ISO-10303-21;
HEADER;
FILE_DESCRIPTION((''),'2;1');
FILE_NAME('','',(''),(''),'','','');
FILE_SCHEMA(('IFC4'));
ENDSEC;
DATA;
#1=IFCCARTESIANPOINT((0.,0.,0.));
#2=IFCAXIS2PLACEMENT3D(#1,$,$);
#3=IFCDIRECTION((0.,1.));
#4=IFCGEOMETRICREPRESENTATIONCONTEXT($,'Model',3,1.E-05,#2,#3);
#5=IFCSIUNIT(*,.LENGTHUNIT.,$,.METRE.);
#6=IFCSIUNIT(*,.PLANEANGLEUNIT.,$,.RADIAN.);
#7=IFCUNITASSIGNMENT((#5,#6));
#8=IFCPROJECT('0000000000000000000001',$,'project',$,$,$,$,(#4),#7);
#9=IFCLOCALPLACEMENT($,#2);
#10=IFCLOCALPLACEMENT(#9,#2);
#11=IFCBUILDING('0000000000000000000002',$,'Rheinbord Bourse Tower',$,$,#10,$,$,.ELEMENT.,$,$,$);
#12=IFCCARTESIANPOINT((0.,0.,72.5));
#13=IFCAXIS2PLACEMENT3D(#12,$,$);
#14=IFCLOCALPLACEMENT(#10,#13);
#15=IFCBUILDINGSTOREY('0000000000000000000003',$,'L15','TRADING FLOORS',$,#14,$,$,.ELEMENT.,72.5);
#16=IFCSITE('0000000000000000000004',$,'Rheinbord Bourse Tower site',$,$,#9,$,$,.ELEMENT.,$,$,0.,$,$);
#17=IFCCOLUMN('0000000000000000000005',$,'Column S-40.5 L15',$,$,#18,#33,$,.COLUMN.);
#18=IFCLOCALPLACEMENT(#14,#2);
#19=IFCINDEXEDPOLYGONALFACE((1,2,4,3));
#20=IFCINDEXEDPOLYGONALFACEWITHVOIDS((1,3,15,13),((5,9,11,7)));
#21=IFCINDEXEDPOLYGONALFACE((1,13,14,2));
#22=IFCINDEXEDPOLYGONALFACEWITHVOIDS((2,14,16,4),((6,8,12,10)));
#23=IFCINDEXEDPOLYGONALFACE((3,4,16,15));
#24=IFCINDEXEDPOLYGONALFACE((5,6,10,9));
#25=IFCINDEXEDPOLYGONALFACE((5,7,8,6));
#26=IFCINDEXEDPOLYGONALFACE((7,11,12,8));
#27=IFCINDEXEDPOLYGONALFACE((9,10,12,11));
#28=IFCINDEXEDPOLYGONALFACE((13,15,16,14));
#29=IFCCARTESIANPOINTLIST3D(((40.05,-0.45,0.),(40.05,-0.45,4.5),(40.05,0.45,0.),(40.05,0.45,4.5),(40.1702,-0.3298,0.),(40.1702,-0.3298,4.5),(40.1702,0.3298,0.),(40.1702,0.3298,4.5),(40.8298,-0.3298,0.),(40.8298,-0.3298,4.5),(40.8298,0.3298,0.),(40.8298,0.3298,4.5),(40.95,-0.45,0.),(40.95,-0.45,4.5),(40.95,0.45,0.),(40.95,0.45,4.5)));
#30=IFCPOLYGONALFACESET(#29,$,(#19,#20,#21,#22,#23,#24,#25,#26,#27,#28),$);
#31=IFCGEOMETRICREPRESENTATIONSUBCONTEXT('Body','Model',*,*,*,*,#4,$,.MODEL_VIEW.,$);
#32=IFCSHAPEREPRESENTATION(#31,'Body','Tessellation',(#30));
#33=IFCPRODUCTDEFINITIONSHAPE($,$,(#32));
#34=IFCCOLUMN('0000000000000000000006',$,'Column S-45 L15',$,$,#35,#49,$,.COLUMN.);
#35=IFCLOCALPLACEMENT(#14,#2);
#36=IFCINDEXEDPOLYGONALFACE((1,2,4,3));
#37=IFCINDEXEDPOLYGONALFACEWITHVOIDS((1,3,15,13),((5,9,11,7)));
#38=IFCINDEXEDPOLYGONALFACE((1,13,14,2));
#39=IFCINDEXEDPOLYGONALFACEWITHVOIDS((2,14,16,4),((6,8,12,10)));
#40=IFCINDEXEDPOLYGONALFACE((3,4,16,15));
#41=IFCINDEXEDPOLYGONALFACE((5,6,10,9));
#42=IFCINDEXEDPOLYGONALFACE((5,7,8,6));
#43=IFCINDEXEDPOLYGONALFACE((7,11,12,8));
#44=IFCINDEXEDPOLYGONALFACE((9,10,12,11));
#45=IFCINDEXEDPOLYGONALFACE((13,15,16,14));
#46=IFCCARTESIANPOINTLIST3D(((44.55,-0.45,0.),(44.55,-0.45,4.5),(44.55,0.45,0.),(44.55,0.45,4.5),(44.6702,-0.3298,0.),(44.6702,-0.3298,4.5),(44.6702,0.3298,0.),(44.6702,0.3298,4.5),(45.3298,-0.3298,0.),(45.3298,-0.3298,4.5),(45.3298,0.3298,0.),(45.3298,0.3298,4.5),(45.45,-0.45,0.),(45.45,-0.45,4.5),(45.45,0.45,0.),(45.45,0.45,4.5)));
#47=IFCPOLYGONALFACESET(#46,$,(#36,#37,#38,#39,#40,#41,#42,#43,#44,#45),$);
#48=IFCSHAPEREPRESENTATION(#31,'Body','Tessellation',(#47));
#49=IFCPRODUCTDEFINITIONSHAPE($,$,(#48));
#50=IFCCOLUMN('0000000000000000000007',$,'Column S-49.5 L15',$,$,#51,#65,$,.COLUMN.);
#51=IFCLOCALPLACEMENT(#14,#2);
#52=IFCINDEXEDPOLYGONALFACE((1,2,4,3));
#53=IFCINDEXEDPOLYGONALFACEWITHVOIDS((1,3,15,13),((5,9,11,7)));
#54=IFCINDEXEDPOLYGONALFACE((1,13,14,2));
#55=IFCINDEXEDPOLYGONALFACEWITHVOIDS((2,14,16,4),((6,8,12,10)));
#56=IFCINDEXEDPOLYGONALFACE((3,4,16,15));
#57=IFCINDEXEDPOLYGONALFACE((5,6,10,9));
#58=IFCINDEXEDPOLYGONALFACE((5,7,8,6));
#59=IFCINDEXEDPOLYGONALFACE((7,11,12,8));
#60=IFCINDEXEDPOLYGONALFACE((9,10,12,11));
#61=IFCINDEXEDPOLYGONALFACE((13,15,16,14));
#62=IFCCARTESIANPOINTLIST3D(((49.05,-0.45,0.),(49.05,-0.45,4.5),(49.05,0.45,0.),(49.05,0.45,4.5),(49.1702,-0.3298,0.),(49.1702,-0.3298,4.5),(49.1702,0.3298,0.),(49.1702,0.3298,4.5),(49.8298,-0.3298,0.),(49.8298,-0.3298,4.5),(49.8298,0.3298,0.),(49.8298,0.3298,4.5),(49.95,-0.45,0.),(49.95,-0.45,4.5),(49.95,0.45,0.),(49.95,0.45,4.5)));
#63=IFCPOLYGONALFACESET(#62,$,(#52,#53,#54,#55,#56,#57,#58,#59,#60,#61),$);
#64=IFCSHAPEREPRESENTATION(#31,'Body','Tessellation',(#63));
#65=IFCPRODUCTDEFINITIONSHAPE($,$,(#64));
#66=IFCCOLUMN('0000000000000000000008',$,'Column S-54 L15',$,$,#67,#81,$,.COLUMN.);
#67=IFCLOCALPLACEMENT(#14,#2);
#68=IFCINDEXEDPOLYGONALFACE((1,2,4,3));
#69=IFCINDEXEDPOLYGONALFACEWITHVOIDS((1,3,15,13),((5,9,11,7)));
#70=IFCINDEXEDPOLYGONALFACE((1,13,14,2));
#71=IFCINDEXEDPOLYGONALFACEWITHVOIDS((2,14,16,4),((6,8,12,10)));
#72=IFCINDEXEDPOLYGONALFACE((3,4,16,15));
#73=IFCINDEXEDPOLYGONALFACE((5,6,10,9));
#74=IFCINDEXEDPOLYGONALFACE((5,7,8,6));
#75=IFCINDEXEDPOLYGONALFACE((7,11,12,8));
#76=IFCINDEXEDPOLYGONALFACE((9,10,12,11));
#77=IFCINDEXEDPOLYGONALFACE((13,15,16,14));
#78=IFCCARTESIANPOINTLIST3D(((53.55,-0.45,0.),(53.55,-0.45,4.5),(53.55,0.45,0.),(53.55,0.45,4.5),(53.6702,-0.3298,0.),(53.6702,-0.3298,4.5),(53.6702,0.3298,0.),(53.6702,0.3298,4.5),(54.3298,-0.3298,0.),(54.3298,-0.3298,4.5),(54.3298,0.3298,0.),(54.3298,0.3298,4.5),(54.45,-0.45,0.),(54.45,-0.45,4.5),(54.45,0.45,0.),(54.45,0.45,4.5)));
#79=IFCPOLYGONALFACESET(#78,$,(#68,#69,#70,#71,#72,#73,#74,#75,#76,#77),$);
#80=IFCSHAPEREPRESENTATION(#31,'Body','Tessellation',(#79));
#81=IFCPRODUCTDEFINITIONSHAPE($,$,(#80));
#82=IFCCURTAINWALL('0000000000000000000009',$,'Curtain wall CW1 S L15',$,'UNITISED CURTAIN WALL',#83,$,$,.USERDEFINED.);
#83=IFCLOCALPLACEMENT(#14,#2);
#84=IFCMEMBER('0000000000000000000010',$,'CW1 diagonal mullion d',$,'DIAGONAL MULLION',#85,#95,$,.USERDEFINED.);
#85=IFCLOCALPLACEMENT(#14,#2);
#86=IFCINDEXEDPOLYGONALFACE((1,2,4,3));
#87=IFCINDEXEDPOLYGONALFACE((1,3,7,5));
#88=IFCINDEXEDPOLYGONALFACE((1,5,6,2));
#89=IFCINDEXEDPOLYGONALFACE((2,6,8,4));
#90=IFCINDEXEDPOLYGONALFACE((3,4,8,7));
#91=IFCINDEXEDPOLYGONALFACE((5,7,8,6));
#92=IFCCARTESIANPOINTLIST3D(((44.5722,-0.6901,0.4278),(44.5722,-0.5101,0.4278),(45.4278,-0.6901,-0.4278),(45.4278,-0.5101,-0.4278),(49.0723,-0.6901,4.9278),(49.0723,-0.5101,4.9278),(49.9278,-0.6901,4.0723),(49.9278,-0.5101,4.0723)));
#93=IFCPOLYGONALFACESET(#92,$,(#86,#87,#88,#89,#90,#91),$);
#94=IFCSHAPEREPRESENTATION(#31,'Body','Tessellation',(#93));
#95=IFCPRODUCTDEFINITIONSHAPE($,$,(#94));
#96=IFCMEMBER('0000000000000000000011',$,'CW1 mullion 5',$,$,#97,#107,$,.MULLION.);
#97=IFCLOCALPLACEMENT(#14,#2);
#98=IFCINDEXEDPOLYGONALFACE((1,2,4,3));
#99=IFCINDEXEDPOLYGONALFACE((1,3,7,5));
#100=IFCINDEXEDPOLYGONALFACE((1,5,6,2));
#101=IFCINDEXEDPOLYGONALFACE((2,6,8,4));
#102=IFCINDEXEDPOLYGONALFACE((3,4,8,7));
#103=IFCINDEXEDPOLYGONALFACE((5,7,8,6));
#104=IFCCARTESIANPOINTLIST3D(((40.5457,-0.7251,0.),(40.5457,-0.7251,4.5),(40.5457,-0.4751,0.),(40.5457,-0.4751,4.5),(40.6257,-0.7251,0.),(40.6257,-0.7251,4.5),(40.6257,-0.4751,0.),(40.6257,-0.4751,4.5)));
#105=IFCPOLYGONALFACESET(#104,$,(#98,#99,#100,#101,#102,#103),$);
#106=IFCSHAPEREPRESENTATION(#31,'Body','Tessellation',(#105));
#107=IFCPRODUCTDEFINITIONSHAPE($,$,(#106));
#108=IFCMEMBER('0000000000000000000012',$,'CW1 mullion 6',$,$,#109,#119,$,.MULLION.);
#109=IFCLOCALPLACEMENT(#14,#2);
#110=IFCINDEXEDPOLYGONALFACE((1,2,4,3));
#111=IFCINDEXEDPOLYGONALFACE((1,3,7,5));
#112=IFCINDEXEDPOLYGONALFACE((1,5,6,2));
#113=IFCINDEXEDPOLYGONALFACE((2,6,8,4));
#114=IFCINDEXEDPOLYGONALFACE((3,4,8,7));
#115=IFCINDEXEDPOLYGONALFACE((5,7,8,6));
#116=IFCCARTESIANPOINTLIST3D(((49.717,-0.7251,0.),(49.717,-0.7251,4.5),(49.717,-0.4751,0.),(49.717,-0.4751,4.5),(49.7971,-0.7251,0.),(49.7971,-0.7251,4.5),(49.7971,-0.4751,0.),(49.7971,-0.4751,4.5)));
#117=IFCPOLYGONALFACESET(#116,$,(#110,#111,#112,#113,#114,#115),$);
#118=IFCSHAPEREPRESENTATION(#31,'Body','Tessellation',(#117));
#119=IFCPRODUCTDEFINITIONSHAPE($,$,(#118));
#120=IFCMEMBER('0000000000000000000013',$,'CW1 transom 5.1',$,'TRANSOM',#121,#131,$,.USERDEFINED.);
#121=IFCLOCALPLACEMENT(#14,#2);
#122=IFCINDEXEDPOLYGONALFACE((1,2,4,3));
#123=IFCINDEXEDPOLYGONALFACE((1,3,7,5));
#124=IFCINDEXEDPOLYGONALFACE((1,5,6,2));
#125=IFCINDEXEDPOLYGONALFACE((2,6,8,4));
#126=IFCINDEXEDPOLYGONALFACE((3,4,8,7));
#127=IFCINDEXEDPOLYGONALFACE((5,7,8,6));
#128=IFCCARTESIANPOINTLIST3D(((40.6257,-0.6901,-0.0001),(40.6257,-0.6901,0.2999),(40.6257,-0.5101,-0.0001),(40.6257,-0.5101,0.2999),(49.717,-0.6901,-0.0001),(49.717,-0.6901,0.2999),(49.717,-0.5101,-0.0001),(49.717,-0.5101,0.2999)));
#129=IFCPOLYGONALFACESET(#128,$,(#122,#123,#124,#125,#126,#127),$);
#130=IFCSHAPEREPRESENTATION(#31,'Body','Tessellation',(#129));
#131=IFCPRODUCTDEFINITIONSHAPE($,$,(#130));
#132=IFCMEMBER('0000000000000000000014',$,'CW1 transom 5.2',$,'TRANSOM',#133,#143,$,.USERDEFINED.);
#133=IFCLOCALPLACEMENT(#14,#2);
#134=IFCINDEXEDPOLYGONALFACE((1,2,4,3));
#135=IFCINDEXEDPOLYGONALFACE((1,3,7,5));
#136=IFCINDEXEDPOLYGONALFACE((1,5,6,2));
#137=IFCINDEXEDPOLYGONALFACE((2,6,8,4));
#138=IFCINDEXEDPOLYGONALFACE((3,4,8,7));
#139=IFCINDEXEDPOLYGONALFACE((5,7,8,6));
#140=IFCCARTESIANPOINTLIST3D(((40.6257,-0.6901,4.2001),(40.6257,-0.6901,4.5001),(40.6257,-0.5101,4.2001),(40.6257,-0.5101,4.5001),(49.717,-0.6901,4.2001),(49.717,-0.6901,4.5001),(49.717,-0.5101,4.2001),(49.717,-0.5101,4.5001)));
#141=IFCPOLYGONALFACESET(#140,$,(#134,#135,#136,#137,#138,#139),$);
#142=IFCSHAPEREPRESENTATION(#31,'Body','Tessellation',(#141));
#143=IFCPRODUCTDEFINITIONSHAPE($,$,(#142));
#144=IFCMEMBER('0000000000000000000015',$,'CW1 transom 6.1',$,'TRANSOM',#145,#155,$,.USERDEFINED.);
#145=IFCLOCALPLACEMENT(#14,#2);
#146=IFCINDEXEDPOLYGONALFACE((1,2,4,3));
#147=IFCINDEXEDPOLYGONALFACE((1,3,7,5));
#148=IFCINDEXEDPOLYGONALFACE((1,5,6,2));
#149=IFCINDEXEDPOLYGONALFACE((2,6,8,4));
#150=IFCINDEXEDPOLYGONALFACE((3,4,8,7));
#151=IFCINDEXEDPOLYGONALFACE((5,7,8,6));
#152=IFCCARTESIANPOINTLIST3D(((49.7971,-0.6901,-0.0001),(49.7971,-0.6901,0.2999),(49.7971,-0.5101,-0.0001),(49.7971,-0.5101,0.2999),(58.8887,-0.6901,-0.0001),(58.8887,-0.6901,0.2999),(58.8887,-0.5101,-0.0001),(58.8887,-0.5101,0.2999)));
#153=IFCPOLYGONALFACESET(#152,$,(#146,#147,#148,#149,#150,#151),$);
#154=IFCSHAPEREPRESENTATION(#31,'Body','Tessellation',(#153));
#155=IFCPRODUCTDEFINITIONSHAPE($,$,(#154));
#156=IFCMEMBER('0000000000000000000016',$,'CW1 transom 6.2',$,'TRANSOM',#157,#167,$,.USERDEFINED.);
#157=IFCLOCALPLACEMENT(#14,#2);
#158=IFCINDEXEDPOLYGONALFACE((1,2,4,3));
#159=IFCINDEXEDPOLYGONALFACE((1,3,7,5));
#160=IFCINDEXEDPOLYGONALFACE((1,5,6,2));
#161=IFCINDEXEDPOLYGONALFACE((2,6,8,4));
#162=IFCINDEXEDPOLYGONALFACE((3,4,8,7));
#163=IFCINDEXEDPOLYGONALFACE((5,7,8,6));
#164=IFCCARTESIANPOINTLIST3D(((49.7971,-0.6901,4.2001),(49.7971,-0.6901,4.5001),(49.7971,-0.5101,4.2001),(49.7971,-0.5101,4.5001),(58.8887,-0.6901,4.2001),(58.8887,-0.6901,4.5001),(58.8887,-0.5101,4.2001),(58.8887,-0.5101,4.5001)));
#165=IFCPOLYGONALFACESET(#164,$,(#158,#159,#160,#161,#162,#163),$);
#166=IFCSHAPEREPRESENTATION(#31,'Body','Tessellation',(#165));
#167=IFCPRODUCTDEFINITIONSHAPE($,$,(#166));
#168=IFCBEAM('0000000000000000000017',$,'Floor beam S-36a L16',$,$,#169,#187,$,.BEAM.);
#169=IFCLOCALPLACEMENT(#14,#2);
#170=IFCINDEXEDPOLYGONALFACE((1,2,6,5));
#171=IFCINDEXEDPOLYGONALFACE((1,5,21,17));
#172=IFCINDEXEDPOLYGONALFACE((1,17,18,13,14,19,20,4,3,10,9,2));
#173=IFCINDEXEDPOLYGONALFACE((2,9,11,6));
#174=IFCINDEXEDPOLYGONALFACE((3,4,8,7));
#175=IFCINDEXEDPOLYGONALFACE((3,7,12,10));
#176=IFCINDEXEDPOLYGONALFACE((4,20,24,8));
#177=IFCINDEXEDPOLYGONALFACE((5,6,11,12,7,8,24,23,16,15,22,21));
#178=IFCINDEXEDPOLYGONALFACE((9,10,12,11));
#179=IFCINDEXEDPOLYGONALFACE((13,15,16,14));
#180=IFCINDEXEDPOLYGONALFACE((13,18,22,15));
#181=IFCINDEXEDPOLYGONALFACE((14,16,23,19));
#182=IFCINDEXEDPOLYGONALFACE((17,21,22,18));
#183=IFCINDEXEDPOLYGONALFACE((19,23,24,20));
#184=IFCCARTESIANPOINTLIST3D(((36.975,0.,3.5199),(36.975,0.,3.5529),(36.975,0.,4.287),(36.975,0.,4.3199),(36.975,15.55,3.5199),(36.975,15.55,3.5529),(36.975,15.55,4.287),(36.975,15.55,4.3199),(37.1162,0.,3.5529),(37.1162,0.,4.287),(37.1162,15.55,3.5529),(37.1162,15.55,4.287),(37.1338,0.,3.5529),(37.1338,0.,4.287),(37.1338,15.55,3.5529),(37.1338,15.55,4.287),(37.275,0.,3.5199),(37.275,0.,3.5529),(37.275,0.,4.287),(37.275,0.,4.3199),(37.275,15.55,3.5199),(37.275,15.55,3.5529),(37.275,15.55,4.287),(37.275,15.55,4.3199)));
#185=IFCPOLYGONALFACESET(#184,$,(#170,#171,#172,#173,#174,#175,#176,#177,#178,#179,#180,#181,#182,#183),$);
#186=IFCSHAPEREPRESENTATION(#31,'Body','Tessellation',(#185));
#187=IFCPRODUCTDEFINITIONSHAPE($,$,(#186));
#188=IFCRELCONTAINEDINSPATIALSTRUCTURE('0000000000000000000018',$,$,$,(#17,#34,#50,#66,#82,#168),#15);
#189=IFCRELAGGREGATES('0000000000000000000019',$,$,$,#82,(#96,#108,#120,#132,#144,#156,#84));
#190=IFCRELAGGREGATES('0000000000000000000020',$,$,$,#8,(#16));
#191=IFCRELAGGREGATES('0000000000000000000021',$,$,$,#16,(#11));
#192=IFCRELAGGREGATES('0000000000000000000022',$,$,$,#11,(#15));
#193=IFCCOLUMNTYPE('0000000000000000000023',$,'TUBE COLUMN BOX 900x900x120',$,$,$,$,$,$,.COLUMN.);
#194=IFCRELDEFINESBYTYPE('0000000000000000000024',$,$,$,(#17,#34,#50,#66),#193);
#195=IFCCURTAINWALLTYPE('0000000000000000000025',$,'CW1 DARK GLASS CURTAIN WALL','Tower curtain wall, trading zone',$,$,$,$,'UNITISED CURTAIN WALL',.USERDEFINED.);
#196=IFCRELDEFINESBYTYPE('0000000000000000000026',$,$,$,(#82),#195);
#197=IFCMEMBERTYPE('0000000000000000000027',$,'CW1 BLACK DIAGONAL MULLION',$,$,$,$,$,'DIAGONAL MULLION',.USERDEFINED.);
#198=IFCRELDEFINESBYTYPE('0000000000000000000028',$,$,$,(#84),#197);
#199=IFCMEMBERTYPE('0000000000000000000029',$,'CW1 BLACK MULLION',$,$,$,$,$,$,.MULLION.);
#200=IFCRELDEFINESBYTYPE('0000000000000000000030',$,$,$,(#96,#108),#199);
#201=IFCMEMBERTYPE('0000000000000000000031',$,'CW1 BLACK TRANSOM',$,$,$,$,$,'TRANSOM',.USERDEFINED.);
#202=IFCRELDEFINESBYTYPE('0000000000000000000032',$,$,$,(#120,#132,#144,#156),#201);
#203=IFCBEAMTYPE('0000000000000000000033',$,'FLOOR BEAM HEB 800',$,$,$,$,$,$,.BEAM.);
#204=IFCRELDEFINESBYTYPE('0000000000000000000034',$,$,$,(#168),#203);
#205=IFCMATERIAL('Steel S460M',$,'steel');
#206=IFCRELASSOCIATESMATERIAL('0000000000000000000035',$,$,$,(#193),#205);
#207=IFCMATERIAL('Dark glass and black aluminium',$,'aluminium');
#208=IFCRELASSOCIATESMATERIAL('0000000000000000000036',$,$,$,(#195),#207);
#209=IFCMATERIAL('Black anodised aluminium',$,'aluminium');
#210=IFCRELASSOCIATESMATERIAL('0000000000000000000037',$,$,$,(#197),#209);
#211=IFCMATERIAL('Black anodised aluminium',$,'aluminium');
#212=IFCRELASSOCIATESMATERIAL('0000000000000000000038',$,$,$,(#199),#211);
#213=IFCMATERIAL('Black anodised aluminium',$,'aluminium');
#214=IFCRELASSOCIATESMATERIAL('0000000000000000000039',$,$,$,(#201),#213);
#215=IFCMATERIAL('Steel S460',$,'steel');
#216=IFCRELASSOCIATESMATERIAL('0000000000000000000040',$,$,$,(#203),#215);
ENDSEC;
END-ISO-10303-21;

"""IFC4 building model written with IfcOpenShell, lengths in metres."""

from ifc_helpers import new_model, si_unit, direction, frame, origin, origin_2d, place, context, subcontext, project, spatial, rectangle, hollow_rectangle, i_section, extrude, material, material_profile, profile_set, type_object, element, aggregate, save


model = new_model("IFC4")

# Units and contexts
model_context = context("Model", 3, precision=1e-05, world=origin(), true_north=direction((0.0, 1.0)))
body_context = subcontext(model_context, "Body", "Model", "MODEL_VIEW")
ifc_project = project(units=[si_unit("LENGTHUNIT", "METRE"), si_unit("PLANEANGLEUNIT", "RADIAN")], contexts=[model_context])

# Site, building, storey
site_placement = place(None, origin())
site = spatial("IfcSite", under=ifc_project, at=site_placement, Name="Rheinbord Bourse Tower site", CompositionType="ELEMENT", RefElevation=0.0)
building_placement = place(site_placement, origin())
building = spatial("IfcBuilding", under=site, at=building_placement, Name="Rheinbord Bourse Tower", CompositionType="ELEMENT")
storey_placement = place(building_placement, frame((0.0, 0.0, 72.5)))
storey = spatial("IfcBuildingStorey", under=building, at=storey_placement, Name="L15", Description="TRADING FLOORS", CompositionType="ELEMENT", Elevation=72.5)

# Columns
ifc_material_1 = material(Name="Steel S460M", Category="steel")
ifc_material_profile_1 = material_profile(ifc_material_1, hollow_rectangle(XDim=0.8999, YDim=0.8999, WallThickness=0.1201, at=origin_2d()), Name="BOX 900x900x120")
ifc_profile_set_1 = profile_set([ifc_material_profile_1], Name="Steel S460M")
column_type = type_object("IfcColumnType", Name="TUBE COLUMN BOX 900x900x120", PredefinedType="COLUMN", material=ifc_profile_set_1)
for number, where, z_axis, x_axis, name in (
    (1, (40.5, 0.0, 0.0), (0.0, 0.0, 1.0), (0.0, 1.0, 0.0), "Column S-40.5 L15"),
    (2, (45.0, 0.0, 0.0), (0.0, 0.0, 1.0), (0.0, 1.0, 0.0), "Column S-45 L15"),
    (3, (49.5, 0.0, 0.0), (0.0, 0.0, 1.0), (0.0, 1.0, 0.0), "Column S-49.5 L15"),
    (4, (54.0, 0.0, 0.0), (0.0, 0.0, 1.0), (0.0, 1.0, 0.0), "Column S-54 L15"),
):
    element("IfcColumn", number, at=place(storey_placement, frame(where, z_axis=z_axis, x_axis=x_axis)), inside=storey, type_object=column_type, Name=name, PredefinedType="COLUMN", context=body_context, shape_type="SweptSolid", body=[
        extrude(hollow_rectangle(XDim=0.8999, YDim=0.8999, WallThickness=0.1201, at=origin_2d()), origin(), (0.0, 0.0, 1.0), 4.5),
    ])

# Curtain wall, members
ifc_material_2 = material(Name="Dark glass and black aluminium", Category="aluminium")
curtain_wall_type = type_object("IfcCurtainWallType", Name="CW1 DARK GLASS CURTAIN WALL", Description="Tower curtain wall, trading zone", ElementType="UNITISED CURTAIN WALL", PredefinedType="USERDEFINED", material=ifc_material_2)
curtain_wall_placement = place(storey_placement, origin())
curtain_wall = element("IfcCurtainWall", 5, at=curtain_wall_placement, inside=storey, type_object=curtain_wall_type, Name="Curtain wall CW1 S L15", ObjectType="UNITISED CURTAIN WALL", PredefinedType="USERDEFINED")
ifc_material_3 = material(Name="Black anodised aluminium", Category="aluminium")
ifc_material_profile_2 = material_profile(ifc_material_3, rectangle(XDim=0.1799, YDim=1.21, at=origin_2d()), Name="CW1 DIAGONAL MULLION 1210x180")
ifc_profile_set_2 = profile_set([ifc_material_profile_2], Name="Black anodised aluminium")
member_type_1 = type_object("IfcMemberType", Name="CW1 BLACK DIAGONAL MULLION", ElementType="DIAGONAL MULLION", PredefinedType="USERDEFINED", material=ifc_profile_set_2)
member_1_placement = place(storey_placement, frame((45.0, -0.6001, 0.0), z_axis=(0.707107, 0.0, 0.707107), x_axis=(0.0, 1.0, 0.0)))
member_1 = element("IfcMember", 6, at=member_1_placement, type_object=member_type_1, Name="CW1 diagonal mullion d", ObjectType="DIAGONAL MULLION", PredefinedType="USERDEFINED", context=body_context, shape_type="SweptSolid", body=[
    extrude(rectangle(XDim=0.1799, YDim=1.21, at=origin_2d()), origin(), (0.0, 0.0, 1.0), 6.364),
])
ifc_material_4 = material(Name="Black anodised aluminium", Category="aluminium")
ifc_material_profile_3 = material_profile(ifc_material_4, rectangle(XDim=0.25, YDim=0.0801, at=origin_2d()), Name="CW1 MULLION 80x250")
ifc_profile_set_3 = profile_set([ifc_material_profile_3], Name="Black anodised aluminium")
member_type_2 = type_object("IfcMemberType", Name="CW1 BLACK MULLION", PredefinedType="MULLION", material=ifc_profile_set_3)
member_2_placement = place(storey_placement, frame((40.5857, -0.6001, 0.0), z_axis=(0.0, 0.0, 1.0), x_axis=(0.0, 1.0, 0.0)))
member_2 = element("IfcMember", 7, at=member_2_placement, type_object=member_type_2, Name="CW1 mullion 5", PredefinedType="MULLION", context=body_context, shape_type="SweptSolid", body=[
    extrude(rectangle(XDim=0.25, YDim=0.0801, at=origin_2d()), origin(), (0.0, 0.0, 1.0), 4.5),
])
member_3_placement = place(storey_placement, frame((49.7571, -0.6001, 0.0), z_axis=(0.0, 0.0, 1.0), x_axis=(0.0, 1.0, 0.0)))
member_3 = element("IfcMember", 8, at=member_3_placement, type_object=member_type_2, Name="CW1 mullion 6", PredefinedType="MULLION", context=body_context, shape_type="SweptSolid", body=[
    extrude(rectangle(XDim=0.25, YDim=0.0801, at=origin_2d()), origin(), (0.0, 0.0, 1.0), 4.5),
])
ifc_material_5 = material(Name="Black anodised aluminium", Category="aluminium")
ifc_material_profile_4 = material_profile(ifc_material_5, rectangle(XDim=0.1799, YDim=0.3, at=origin_2d()), Name="CW1 TRANSOM 300x180")
ifc_profile_set_4 = profile_set([ifc_material_profile_4], Name="Black anodised aluminium")
member_type_3 = type_object("IfcMemberType", Name="CW1 BLACK TRANSOM", ElementType="TRANSOM", PredefinedType="USERDEFINED", material=ifc_profile_set_4)
member_4_placement = place(storey_placement, frame((40.6257, -0.6001, 0.1499), z_axis=(1.0, 0.0, 0.0), x_axis=(0.0, 1.0, 0.0)))
member_4 = element("IfcMember", 9, at=member_4_placement, type_object=member_type_3, Name="CW1 transom 5.1", ObjectType="TRANSOM", PredefinedType="USERDEFINED", context=body_context, shape_type="SweptSolid", body=[
    extrude(rectangle(XDim=0.1799, YDim=0.3, at=origin_2d()), origin(), (0.0, 0.0, 1.0), 9.0913),
])
member_5_placement = place(storey_placement, frame((40.6257, -0.6001, 4.3501), z_axis=(1.0, 0.0, 0.0), x_axis=(0.0, 1.0, 0.0)))
member_5 = element("IfcMember", 10, at=member_5_placement, type_object=member_type_3, Name="CW1 transom 5.2", ObjectType="TRANSOM", PredefinedType="USERDEFINED", context=body_context, shape_type="SweptSolid", body=[
    extrude(rectangle(XDim=0.1799, YDim=0.3, at=origin_2d()), origin(), (0.0, 0.0, 1.0), 9.0913),
])
member_6_placement = place(storey_placement, frame((49.7971, -0.6001, 0.1499), z_axis=(1.0, 0.0, 0.0), x_axis=(0.0, 1.0, 0.0)))
member_6 = element("IfcMember", 11, at=member_6_placement, type_object=member_type_3, Name="CW1 transom 6.1", ObjectType="TRANSOM", PredefinedType="USERDEFINED", context=body_context, shape_type="SweptSolid", body=[
    extrude(rectangle(XDim=0.1799, YDim=0.3, at=origin_2d()), origin(), (0.0, 0.0, 1.0), 9.0916),
])
member_7_placement = place(storey_placement, frame((49.7971, -0.6001, 4.3501), z_axis=(1.0, 0.0, 0.0), x_axis=(0.0, 1.0, 0.0)))
member_7 = element("IfcMember", 12, at=member_7_placement, type_object=member_type_3, Name="CW1 transom 6.2", ObjectType="TRANSOM", PredefinedType="USERDEFINED", context=body_context, shape_type="SweptSolid", body=[
    extrude(rectangle(XDim=0.1799, YDim=0.3, at=origin_2d()), origin(), (0.0, 0.0, 1.0), 9.0916),
])

# Beam
ifc_material_6 = material(Name="Steel S460", Category="steel")
ifc_material_profile_5 = material_profile(ifc_material_6, i_section(OverallWidth=0.3, OverallDepth=0.8, WebThickness=0.0176, FlangeThickness=0.033, at=origin_2d()), Name="HEB 800")
ifc_profile_set_5 = profile_set([ifc_material_profile_5], Name="Steel S460")
beam_type_1 = type_object("IfcBeamType", Name="FLOOR BEAM HEB 800", PredefinedType="BEAM", material=ifc_profile_set_5)
for number, where, z_axis, x_axis, name in (
    (13, (37.125, 0.0, 3.9199), (0.0, 1.0, 0.0), (-1.0, 0.0, 0.0), "Floor beam S-36a L16"),
):
    element("IfcBeam", number, at=place(storey_placement, frame(where, z_axis=z_axis, x_axis=x_axis)), inside=storey, type_object=beam_type_1, Name=name, PredefinedType="BEAM", context=body_context, shape_type="SweptSolid", body=[
        extrude(i_section(OverallWidth=0.3, OverallDepth=0.8, WebThickness=0.0176, FlangeThickness=0.033, at=origin_2d()), origin(), (0.0, 0.0, 1.0), 15.55),
    ])

aggregate(curtain_wall, [member_2, member_3, member_4, member_5, member_6, member_7, member_1])

save(model, "model.ifc")
